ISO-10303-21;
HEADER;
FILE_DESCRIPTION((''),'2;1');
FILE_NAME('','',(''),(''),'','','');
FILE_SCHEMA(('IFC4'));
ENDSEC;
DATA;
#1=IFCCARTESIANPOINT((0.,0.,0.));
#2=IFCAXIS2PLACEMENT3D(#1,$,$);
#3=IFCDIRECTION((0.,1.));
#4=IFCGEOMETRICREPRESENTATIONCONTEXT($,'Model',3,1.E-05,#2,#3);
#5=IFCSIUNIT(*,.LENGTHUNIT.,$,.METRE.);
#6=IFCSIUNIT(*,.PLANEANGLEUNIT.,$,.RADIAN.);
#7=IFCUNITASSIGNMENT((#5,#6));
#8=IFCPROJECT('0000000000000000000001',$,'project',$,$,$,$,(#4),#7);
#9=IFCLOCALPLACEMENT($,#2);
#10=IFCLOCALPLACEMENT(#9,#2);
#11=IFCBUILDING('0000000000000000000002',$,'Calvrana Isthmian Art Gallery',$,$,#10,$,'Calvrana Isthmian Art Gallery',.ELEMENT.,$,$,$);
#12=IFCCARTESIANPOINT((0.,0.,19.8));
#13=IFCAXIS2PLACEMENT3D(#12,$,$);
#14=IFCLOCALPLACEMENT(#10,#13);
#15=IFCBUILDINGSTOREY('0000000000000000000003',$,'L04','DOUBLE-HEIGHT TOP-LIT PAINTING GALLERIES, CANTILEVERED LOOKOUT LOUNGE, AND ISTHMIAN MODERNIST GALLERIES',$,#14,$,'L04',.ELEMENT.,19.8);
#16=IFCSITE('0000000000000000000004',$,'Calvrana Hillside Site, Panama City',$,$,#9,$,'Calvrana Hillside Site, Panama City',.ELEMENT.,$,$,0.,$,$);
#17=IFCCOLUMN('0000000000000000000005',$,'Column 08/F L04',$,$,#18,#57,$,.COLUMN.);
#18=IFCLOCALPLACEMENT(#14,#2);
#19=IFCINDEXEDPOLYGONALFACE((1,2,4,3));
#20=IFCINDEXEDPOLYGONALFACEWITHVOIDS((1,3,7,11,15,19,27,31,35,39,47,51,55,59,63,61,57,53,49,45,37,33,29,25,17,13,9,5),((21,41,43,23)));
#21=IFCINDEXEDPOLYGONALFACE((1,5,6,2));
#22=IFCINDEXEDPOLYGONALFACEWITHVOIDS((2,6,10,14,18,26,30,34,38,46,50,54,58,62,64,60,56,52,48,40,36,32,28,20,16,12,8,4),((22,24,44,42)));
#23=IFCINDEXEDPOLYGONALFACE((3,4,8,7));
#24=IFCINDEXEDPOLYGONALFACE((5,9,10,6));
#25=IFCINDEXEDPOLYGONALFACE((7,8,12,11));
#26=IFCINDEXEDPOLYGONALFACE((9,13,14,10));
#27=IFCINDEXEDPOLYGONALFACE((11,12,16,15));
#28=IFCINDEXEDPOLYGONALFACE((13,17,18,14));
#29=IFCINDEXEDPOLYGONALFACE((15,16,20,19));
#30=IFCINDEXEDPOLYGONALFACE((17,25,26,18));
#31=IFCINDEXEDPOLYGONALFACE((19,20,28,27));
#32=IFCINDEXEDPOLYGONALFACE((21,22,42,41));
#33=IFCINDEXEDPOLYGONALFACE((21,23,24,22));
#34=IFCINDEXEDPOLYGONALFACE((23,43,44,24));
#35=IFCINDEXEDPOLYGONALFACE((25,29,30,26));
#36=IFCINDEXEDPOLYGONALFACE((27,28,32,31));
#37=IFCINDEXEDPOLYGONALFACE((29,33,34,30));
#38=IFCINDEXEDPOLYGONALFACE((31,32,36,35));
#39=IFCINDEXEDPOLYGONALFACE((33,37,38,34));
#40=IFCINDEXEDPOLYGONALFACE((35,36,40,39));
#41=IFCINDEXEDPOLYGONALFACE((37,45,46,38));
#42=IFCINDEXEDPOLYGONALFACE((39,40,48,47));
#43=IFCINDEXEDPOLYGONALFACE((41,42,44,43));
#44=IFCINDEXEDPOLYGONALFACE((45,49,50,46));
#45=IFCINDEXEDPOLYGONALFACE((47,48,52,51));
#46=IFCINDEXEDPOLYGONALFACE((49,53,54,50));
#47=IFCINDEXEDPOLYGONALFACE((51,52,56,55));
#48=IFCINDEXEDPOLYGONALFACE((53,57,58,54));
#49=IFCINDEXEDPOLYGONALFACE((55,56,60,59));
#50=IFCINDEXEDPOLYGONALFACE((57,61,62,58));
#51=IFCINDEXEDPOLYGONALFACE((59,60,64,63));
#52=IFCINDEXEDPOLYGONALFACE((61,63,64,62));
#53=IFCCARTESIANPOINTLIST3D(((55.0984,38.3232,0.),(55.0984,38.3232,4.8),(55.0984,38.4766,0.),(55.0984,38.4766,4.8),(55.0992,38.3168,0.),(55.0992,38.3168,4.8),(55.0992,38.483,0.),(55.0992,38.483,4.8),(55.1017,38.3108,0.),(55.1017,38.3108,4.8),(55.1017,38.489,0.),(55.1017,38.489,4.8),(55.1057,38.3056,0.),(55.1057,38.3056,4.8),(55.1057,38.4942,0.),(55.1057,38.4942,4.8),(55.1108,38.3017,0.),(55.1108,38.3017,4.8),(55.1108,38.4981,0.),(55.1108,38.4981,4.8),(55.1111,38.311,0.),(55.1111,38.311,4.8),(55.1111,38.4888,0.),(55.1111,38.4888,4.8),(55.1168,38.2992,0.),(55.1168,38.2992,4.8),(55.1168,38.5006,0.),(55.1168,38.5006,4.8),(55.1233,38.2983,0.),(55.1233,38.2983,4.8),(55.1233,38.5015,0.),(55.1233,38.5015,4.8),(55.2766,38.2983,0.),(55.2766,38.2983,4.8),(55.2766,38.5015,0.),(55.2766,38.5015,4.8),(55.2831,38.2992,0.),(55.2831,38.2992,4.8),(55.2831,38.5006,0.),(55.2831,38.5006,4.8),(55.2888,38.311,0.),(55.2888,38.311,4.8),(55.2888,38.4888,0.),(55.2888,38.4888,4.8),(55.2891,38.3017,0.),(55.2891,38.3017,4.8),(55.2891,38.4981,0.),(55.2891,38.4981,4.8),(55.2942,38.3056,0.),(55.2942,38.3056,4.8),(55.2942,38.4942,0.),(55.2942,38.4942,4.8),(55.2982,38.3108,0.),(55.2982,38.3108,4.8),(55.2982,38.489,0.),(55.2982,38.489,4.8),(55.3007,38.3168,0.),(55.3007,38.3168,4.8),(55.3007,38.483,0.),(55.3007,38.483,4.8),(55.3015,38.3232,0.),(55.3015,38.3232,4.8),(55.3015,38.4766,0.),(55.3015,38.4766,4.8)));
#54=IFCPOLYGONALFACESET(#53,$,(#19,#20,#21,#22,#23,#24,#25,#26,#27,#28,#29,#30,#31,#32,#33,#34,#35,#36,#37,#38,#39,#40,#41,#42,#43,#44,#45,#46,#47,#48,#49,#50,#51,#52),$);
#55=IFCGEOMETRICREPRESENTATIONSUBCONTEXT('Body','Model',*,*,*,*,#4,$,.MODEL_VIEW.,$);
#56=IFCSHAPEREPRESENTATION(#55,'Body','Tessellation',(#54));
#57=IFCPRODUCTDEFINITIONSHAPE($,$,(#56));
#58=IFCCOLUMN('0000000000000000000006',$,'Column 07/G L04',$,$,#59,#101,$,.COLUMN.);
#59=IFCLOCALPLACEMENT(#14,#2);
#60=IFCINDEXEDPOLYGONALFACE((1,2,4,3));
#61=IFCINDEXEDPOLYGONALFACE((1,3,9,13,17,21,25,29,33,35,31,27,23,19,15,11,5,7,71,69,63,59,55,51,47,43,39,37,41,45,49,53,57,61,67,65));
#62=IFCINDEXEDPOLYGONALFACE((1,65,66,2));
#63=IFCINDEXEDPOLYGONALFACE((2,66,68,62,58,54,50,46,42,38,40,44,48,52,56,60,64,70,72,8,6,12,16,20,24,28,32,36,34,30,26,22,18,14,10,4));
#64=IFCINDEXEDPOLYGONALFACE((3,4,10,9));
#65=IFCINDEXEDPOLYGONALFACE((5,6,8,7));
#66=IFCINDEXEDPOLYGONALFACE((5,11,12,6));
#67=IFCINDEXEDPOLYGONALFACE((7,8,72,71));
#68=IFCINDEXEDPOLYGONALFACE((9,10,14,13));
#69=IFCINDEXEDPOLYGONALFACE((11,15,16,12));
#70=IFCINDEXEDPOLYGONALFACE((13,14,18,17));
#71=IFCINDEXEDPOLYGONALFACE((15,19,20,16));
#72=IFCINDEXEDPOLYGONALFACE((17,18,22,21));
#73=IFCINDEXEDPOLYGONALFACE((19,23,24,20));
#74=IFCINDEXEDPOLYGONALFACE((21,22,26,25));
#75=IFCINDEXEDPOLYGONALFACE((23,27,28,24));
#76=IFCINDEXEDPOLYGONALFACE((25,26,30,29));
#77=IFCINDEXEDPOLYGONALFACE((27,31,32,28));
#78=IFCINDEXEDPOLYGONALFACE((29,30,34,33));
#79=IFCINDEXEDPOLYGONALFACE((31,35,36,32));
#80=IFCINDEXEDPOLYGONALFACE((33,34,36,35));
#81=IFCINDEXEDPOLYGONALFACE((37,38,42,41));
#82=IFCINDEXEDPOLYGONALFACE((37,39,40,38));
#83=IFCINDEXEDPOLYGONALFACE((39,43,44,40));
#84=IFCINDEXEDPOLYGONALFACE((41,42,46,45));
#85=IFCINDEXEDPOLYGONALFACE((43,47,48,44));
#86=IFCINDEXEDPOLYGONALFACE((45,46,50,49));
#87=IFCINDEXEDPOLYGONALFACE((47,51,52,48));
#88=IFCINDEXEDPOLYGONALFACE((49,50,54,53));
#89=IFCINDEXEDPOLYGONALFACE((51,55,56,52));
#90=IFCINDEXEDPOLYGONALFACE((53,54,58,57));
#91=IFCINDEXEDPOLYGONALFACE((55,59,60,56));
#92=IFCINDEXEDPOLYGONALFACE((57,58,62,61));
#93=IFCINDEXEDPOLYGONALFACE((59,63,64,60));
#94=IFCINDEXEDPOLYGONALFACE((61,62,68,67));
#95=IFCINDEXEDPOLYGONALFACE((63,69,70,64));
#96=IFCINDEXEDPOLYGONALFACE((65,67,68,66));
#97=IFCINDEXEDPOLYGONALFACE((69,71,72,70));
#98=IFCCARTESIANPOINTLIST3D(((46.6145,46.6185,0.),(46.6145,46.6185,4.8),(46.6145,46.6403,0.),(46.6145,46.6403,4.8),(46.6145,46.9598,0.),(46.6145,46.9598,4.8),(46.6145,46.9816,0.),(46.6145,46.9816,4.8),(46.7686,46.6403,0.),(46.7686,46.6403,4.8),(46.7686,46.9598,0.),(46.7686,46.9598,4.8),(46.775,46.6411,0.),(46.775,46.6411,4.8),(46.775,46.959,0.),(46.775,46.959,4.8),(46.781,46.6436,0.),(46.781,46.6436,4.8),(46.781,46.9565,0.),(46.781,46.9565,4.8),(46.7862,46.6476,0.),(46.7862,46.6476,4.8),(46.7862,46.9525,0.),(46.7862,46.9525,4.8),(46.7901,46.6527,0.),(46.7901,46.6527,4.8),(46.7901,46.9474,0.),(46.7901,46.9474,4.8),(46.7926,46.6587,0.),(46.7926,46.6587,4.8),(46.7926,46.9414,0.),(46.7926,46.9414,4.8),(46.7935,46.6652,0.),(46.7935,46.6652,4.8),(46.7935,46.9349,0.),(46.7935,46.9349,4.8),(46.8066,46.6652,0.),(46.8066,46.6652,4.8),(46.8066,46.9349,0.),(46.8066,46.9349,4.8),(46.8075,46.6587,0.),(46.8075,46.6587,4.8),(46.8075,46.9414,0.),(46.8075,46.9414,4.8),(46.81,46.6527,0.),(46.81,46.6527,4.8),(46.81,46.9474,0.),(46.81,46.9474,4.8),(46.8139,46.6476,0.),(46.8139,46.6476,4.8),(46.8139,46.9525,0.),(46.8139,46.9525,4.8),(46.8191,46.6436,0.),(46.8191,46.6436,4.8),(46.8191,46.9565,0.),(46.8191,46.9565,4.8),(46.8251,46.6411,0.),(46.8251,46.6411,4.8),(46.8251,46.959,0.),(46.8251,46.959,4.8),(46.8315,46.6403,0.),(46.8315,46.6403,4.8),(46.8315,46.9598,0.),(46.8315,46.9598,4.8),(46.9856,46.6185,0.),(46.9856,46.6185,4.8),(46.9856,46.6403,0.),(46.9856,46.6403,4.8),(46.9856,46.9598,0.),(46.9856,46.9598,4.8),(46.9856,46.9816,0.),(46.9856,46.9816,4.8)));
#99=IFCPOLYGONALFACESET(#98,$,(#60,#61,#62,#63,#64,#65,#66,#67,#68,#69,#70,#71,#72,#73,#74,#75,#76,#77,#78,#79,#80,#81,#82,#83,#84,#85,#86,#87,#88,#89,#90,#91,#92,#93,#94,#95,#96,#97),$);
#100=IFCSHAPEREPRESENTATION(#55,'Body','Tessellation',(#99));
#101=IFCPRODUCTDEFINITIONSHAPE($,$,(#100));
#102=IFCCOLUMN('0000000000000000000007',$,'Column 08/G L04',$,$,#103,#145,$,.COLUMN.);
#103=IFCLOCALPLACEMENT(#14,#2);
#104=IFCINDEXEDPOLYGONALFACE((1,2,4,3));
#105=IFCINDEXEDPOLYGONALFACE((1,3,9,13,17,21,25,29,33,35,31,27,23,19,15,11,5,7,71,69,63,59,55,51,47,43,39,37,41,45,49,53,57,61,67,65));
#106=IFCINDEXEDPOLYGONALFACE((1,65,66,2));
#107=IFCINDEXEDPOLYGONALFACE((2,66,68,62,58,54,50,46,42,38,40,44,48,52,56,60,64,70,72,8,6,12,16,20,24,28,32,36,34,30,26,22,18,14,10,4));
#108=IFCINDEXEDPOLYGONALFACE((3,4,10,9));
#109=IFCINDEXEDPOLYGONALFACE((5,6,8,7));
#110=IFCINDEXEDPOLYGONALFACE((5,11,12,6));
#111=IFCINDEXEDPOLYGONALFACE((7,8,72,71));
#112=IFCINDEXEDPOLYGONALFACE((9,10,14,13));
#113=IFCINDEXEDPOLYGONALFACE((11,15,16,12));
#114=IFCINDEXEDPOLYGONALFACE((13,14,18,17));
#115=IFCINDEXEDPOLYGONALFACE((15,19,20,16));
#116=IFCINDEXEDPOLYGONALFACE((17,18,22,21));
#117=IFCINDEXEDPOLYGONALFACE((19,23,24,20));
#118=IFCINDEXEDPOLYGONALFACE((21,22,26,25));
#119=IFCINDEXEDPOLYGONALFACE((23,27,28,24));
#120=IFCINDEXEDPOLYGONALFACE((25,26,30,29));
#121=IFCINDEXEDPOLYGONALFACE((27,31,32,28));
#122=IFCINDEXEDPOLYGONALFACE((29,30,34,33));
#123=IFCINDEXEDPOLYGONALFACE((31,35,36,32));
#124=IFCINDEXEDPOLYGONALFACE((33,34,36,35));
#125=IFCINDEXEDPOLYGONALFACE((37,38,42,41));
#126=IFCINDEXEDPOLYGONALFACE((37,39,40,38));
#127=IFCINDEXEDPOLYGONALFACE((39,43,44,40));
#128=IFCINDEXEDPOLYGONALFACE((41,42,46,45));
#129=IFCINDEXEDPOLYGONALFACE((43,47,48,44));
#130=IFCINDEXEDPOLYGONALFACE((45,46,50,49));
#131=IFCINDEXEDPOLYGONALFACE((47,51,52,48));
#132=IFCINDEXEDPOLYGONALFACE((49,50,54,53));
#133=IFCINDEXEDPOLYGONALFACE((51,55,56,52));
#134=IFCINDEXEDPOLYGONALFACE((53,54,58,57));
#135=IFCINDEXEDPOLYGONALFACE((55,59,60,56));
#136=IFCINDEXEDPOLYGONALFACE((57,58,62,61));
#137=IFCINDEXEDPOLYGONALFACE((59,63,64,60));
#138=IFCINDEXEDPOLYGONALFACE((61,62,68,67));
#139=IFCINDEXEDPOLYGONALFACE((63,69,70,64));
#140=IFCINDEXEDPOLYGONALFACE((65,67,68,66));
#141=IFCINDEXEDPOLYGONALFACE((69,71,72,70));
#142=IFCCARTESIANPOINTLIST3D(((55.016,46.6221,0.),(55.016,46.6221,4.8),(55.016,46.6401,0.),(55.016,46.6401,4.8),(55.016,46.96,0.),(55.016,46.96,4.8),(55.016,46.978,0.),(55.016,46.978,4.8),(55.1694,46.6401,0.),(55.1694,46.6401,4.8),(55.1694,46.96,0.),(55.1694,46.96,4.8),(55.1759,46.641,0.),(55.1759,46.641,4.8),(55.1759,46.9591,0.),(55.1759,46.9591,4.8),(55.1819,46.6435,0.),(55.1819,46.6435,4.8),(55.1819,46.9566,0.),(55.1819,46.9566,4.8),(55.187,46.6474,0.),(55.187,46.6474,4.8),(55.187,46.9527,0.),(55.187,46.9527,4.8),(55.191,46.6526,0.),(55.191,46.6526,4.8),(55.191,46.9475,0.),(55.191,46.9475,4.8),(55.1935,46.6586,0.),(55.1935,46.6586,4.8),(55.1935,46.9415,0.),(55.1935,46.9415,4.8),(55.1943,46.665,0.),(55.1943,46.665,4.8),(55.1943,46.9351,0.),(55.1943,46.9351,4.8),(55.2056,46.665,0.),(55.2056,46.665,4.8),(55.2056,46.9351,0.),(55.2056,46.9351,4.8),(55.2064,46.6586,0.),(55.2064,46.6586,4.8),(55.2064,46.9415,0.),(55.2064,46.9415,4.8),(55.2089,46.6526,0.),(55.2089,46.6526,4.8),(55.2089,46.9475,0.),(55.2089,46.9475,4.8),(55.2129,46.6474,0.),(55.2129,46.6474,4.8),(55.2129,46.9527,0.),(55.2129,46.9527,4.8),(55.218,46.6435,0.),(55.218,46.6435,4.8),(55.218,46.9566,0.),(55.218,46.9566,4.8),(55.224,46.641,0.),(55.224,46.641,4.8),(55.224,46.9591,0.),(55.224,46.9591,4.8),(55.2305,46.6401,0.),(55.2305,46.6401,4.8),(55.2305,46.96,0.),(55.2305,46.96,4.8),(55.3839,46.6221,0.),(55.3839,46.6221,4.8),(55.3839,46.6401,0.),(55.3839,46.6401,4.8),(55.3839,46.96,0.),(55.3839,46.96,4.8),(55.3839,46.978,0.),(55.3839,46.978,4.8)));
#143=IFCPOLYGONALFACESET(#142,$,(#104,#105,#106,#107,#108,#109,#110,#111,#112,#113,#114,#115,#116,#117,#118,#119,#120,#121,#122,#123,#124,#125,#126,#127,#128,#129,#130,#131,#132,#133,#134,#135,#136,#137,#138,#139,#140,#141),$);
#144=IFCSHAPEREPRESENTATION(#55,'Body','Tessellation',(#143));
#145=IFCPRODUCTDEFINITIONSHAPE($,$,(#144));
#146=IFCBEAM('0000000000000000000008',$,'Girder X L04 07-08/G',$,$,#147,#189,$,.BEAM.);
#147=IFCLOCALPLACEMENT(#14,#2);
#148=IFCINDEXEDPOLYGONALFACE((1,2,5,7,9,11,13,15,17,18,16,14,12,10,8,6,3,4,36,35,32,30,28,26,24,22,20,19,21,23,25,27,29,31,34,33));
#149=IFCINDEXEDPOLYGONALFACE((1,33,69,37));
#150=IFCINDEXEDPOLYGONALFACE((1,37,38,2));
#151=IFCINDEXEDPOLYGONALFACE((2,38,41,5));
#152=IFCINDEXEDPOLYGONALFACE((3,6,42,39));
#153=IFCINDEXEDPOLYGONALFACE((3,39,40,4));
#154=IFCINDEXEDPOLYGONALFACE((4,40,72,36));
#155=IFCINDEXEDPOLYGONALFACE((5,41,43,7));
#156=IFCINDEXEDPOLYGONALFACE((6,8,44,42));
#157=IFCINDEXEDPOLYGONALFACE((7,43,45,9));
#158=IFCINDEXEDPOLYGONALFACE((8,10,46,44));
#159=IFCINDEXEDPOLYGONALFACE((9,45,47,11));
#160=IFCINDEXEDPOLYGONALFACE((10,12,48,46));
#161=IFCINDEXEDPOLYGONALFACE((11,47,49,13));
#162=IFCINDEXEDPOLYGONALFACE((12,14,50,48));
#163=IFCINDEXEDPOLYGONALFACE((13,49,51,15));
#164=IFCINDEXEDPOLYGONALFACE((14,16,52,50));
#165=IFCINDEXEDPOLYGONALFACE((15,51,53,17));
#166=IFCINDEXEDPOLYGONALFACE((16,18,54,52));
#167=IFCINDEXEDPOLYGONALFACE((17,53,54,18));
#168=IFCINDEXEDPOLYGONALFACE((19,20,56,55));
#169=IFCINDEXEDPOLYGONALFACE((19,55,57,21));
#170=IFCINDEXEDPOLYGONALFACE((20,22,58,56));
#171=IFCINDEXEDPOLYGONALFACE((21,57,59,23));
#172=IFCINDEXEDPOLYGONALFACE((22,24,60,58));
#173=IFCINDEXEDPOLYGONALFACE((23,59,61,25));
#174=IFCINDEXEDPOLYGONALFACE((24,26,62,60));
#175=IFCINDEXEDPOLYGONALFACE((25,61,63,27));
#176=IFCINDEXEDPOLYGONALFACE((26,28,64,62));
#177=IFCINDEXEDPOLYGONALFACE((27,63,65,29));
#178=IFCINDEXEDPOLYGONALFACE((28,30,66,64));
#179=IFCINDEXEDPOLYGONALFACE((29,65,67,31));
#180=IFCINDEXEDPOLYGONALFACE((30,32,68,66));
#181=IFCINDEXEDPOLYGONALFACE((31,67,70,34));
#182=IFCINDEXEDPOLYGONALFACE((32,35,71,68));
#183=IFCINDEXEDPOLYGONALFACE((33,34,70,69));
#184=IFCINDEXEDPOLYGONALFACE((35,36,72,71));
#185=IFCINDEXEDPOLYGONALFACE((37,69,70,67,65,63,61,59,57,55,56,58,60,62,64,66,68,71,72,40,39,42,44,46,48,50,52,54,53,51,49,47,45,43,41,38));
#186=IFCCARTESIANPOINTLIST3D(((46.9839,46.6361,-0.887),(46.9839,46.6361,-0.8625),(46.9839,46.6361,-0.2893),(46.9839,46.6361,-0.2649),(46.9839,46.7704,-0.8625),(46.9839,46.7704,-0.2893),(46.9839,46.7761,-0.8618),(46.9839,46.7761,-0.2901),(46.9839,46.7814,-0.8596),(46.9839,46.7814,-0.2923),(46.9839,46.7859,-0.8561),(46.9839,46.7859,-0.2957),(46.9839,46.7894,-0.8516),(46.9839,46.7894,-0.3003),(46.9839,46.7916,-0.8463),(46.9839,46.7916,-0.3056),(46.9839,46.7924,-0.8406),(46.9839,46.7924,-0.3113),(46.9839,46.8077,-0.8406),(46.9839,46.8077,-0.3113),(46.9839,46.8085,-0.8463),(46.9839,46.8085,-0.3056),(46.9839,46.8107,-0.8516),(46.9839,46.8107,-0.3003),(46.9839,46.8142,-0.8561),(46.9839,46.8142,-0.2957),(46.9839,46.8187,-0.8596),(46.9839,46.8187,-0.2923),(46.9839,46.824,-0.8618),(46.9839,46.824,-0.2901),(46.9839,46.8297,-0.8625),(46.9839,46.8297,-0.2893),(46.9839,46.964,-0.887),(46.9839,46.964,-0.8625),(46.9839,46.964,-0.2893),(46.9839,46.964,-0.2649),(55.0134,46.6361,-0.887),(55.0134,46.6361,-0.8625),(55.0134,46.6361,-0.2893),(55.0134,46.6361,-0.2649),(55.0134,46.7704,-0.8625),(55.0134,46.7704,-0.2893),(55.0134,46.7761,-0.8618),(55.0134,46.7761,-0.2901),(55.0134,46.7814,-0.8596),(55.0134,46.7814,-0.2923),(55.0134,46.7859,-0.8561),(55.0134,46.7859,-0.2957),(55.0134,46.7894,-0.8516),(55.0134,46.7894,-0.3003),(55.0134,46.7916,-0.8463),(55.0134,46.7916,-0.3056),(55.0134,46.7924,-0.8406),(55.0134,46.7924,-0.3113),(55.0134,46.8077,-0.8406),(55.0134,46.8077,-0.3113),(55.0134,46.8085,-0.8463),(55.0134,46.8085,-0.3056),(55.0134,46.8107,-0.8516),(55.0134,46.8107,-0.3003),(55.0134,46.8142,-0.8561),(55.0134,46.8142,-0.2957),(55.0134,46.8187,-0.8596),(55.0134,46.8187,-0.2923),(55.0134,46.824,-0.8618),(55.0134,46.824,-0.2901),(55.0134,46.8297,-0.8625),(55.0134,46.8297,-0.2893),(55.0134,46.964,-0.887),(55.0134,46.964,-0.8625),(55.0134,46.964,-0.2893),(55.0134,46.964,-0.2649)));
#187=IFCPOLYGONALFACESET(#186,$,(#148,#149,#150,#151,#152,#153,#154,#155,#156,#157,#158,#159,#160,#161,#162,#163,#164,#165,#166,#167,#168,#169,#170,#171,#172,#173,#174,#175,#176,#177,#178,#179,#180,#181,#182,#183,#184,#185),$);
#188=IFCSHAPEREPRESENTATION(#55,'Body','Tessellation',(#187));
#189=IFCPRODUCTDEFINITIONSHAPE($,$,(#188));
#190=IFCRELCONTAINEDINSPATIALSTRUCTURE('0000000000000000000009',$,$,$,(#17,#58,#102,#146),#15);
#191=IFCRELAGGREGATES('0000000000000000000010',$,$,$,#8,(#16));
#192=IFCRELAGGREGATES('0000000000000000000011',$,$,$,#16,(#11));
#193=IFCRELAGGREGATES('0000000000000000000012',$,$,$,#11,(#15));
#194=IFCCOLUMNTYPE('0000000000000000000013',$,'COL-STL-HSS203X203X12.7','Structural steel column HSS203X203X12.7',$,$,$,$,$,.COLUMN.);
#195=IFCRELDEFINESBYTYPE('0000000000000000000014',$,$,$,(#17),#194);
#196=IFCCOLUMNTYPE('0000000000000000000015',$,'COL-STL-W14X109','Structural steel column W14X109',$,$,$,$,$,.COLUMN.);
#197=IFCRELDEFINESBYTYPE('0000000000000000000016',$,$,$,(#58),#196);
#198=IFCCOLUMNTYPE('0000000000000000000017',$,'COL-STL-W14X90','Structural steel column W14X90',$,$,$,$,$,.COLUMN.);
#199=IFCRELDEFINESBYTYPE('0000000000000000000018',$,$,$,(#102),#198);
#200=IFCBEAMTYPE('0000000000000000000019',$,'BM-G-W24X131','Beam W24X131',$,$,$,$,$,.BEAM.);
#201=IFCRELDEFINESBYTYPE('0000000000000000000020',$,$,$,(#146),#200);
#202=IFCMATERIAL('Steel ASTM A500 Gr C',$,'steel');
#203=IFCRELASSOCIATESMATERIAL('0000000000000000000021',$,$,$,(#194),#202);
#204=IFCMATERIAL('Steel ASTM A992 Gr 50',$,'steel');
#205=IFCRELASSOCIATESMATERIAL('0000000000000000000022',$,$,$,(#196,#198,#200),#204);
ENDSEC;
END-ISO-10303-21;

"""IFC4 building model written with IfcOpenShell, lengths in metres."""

from ifc_helpers import new_model, si_unit, direction, frame, origin, origin_2d, place, context, subcontext, project, spatial, hollow_rectangle, i_section, extrude, material, material_profile, profile_set, type_object, element, save


model = new_model("IFC4")

# Units and contexts
model_context = context("Model", 3, precision=1e-05, world=origin(), true_north=direction((0.0, 1.0)))
body_context = subcontext(model_context, "Body", "Model", "MODEL_VIEW")
ifc_project = project(units=[si_unit("LENGTHUNIT", "METRE"), si_unit("PLANEANGLEUNIT", "RADIAN")], contexts=[model_context])

# Site, building, storey
site_placement = place(None, origin())
site = spatial("IfcSite", under=ifc_project, at=site_placement, Name="Calvrana Hillside Site, Panama City", LongName="Calvrana Hillside Site, Panama City", CompositionType="ELEMENT", RefElevation=0.0)
building_placement = place(site_placement, origin())
building = spatial("IfcBuilding", under=site, at=building_placement, Name="Calvrana Isthmian Art Gallery", LongName="Calvrana Isthmian Art Gallery", CompositionType="ELEMENT")
storey_placement = place(building_placement, frame((0.0, 0.0, 19.8)))
storey = spatial("IfcBuildingStorey", under=building, at=storey_placement, Name="L04", Description="DOUBLE-HEIGHT TOP-LIT PAINTING GALLERIES, CANTILEVERED LOOKOUT LOUNGE, AND ISTHMIAN MODERNIST GALLERIES", LongName="L04", CompositionType="ELEMENT", Elevation=19.8)

# Columns
ifc_material_1 = material(Name="Steel ASTM A500 Gr C", Category="steel")
ifc_material_profile_1 = material_profile(ifc_material_1, hollow_rectangle(XDim=0.2031, YDim=0.2031, WallThickness=0.0127, OuterFilletRadius=0.0249, at=origin_2d()), Name="HSS203X203X12.7")
ifc_profile_set_1 = profile_set([ifc_material_profile_1], Name="Steel ASTM A500 Gr C")
column_type_1 = type_object("IfcColumnType", Name="COL-STL-HSS203X203X12.7", Description="Structural steel column HSS203X203X12.7", PredefinedType="COLUMN", material=ifc_profile_set_1)
column_1_placement = place(storey_placement, frame((55.2, 38.3999, 0.0), z_axis=(0.0, 0.0, 1.0), x_axis=(1.0, 0.0, 0.0)))
element("IfcColumn", 1, at=column_1_placement, inside=storey, type_object=column_type_1, Name="Column 08/F L04", PredefinedType="COLUMN", context=body_context, shape_type="SweptSolid", body=[
    extrude(hollow_rectangle(XDim=0.2031, YDim=0.2031, WallThickness=0.0127, OuterFilletRadius=0.0249, at=origin_2d()), origin(), (0.0, 0.0, 1.0), 4.8),
])
ifc_material_2 = material(Name="Steel ASTM A992 Gr 50", Category="steel")
ifc_material_profile_2 = material_profile(ifc_material_2, i_section(OverallWidth=0.3711, OverallDepth=0.363, WebThickness=0.0132, FlangeThickness=0.0217, FilletRadius=0.0249, at=origin_2d()), Name="W14X109")
ifc_profile_set_2 = profile_set([ifc_material_profile_2], Name="Steel ASTM A992 Gr 50")
column_type_2 = type_object("IfcColumnType", Name="COL-STL-W14X109", Description="Structural steel column W14X109", PredefinedType="COLUMN", material=ifc_profile_set_2)
column_2_placement = place(storey_placement, frame((46.8, 46.8, 0.0), z_axis=(0.0, 0.0, 1.0), x_axis=(1.0, 0.0, 0.0)))
element("IfcColumn", 2, at=column_2_placement, inside=storey, type_object=column_type_2, Name="Column 07/G L04", PredefinedType="COLUMN", context=body_context, shape_type="SweptSolid", body=[
    extrude(i_section(OverallWidth=0.3711, OverallDepth=0.363, WebThickness=0.0132, FlangeThickness=0.0217, FilletRadius=0.0249, at=origin_2d()), origin(), (0.0, 0.0, 1.0), 4.8),
])
ifc_material_profile_3 = material_profile(ifc_material_2, i_section(OverallWidth=0.3679, OverallDepth=0.356, WebThickness=0.0112, FlangeThickness=0.0181, FilletRadius=0.0249, at=origin_2d()), Name="W14X90")
ifc_profile_set_3 = profile_set([ifc_material_profile_3], Name="Steel ASTM A992 Gr 50")
column_type_3 = type_object("IfcColumnType", Name="COL-STL-W14X90", Description="Structural steel column W14X90", PredefinedType="COLUMN", material=ifc_profile_set_3)
column_3_placement = place(storey_placement, frame((55.2, 46.8, 0.0), z_axis=(0.0, 0.0, 1.0), x_axis=(1.0, 0.0, 0.0)))
element("IfcColumn", 3, at=column_3_placement, inside=storey, type_object=column_type_3, Name="Column 08/G L04", PredefinedType="COLUMN", context=body_context, shape_type="SweptSolid", body=[
    extrude(i_section(OverallWidth=0.3679, OverallDepth=0.356, WebThickness=0.0112, FlangeThickness=0.0181, FilletRadius=0.0249, at=origin_2d()), origin(), (0.0, 0.0, 1.0), 4.8),
])

# Beam
ifc_material_profile_4 = material_profile(ifc_material_2, i_section(OverallWidth=0.3279, OverallDepth=0.6221, WebThickness=0.0154, FlangeThickness=0.0244, FilletRadius=0.022, at=origin_2d()), Name="W24X131")
ifc_profile_set_4 = profile_set([ifc_material_profile_4], Name="Steel ASTM A992 Gr 50")
beam_type_1 = type_object("IfcBeamType", Name="BM-G-W24X131", Description="Beam W24X131", PredefinedType="BEAM", material=ifc_profile_set_4)
beam_1_placement = place(storey_placement, frame((46.9839, 46.8, -0.5759), z_axis=(1.0, 0.0, 0.0), x_axis=(0.0, 1.0, 0.0)))
element("IfcBeam", 4, at=beam_1_placement, inside=storey, type_object=beam_type_1, Name="Girder X L04 07-08/G", PredefinedType="BEAM", context=body_context, shape_type="SweptSolid", body=[
    extrude(i_section(OverallWidth=0.3279, OverallDepth=0.6221, WebThickness=0.0154, FlangeThickness=0.0244, FilletRadius=0.022, at=origin_2d()), origin(), (0.0, 0.0, 1.0), 8.0295),
])

save(model, "model.ifc")
